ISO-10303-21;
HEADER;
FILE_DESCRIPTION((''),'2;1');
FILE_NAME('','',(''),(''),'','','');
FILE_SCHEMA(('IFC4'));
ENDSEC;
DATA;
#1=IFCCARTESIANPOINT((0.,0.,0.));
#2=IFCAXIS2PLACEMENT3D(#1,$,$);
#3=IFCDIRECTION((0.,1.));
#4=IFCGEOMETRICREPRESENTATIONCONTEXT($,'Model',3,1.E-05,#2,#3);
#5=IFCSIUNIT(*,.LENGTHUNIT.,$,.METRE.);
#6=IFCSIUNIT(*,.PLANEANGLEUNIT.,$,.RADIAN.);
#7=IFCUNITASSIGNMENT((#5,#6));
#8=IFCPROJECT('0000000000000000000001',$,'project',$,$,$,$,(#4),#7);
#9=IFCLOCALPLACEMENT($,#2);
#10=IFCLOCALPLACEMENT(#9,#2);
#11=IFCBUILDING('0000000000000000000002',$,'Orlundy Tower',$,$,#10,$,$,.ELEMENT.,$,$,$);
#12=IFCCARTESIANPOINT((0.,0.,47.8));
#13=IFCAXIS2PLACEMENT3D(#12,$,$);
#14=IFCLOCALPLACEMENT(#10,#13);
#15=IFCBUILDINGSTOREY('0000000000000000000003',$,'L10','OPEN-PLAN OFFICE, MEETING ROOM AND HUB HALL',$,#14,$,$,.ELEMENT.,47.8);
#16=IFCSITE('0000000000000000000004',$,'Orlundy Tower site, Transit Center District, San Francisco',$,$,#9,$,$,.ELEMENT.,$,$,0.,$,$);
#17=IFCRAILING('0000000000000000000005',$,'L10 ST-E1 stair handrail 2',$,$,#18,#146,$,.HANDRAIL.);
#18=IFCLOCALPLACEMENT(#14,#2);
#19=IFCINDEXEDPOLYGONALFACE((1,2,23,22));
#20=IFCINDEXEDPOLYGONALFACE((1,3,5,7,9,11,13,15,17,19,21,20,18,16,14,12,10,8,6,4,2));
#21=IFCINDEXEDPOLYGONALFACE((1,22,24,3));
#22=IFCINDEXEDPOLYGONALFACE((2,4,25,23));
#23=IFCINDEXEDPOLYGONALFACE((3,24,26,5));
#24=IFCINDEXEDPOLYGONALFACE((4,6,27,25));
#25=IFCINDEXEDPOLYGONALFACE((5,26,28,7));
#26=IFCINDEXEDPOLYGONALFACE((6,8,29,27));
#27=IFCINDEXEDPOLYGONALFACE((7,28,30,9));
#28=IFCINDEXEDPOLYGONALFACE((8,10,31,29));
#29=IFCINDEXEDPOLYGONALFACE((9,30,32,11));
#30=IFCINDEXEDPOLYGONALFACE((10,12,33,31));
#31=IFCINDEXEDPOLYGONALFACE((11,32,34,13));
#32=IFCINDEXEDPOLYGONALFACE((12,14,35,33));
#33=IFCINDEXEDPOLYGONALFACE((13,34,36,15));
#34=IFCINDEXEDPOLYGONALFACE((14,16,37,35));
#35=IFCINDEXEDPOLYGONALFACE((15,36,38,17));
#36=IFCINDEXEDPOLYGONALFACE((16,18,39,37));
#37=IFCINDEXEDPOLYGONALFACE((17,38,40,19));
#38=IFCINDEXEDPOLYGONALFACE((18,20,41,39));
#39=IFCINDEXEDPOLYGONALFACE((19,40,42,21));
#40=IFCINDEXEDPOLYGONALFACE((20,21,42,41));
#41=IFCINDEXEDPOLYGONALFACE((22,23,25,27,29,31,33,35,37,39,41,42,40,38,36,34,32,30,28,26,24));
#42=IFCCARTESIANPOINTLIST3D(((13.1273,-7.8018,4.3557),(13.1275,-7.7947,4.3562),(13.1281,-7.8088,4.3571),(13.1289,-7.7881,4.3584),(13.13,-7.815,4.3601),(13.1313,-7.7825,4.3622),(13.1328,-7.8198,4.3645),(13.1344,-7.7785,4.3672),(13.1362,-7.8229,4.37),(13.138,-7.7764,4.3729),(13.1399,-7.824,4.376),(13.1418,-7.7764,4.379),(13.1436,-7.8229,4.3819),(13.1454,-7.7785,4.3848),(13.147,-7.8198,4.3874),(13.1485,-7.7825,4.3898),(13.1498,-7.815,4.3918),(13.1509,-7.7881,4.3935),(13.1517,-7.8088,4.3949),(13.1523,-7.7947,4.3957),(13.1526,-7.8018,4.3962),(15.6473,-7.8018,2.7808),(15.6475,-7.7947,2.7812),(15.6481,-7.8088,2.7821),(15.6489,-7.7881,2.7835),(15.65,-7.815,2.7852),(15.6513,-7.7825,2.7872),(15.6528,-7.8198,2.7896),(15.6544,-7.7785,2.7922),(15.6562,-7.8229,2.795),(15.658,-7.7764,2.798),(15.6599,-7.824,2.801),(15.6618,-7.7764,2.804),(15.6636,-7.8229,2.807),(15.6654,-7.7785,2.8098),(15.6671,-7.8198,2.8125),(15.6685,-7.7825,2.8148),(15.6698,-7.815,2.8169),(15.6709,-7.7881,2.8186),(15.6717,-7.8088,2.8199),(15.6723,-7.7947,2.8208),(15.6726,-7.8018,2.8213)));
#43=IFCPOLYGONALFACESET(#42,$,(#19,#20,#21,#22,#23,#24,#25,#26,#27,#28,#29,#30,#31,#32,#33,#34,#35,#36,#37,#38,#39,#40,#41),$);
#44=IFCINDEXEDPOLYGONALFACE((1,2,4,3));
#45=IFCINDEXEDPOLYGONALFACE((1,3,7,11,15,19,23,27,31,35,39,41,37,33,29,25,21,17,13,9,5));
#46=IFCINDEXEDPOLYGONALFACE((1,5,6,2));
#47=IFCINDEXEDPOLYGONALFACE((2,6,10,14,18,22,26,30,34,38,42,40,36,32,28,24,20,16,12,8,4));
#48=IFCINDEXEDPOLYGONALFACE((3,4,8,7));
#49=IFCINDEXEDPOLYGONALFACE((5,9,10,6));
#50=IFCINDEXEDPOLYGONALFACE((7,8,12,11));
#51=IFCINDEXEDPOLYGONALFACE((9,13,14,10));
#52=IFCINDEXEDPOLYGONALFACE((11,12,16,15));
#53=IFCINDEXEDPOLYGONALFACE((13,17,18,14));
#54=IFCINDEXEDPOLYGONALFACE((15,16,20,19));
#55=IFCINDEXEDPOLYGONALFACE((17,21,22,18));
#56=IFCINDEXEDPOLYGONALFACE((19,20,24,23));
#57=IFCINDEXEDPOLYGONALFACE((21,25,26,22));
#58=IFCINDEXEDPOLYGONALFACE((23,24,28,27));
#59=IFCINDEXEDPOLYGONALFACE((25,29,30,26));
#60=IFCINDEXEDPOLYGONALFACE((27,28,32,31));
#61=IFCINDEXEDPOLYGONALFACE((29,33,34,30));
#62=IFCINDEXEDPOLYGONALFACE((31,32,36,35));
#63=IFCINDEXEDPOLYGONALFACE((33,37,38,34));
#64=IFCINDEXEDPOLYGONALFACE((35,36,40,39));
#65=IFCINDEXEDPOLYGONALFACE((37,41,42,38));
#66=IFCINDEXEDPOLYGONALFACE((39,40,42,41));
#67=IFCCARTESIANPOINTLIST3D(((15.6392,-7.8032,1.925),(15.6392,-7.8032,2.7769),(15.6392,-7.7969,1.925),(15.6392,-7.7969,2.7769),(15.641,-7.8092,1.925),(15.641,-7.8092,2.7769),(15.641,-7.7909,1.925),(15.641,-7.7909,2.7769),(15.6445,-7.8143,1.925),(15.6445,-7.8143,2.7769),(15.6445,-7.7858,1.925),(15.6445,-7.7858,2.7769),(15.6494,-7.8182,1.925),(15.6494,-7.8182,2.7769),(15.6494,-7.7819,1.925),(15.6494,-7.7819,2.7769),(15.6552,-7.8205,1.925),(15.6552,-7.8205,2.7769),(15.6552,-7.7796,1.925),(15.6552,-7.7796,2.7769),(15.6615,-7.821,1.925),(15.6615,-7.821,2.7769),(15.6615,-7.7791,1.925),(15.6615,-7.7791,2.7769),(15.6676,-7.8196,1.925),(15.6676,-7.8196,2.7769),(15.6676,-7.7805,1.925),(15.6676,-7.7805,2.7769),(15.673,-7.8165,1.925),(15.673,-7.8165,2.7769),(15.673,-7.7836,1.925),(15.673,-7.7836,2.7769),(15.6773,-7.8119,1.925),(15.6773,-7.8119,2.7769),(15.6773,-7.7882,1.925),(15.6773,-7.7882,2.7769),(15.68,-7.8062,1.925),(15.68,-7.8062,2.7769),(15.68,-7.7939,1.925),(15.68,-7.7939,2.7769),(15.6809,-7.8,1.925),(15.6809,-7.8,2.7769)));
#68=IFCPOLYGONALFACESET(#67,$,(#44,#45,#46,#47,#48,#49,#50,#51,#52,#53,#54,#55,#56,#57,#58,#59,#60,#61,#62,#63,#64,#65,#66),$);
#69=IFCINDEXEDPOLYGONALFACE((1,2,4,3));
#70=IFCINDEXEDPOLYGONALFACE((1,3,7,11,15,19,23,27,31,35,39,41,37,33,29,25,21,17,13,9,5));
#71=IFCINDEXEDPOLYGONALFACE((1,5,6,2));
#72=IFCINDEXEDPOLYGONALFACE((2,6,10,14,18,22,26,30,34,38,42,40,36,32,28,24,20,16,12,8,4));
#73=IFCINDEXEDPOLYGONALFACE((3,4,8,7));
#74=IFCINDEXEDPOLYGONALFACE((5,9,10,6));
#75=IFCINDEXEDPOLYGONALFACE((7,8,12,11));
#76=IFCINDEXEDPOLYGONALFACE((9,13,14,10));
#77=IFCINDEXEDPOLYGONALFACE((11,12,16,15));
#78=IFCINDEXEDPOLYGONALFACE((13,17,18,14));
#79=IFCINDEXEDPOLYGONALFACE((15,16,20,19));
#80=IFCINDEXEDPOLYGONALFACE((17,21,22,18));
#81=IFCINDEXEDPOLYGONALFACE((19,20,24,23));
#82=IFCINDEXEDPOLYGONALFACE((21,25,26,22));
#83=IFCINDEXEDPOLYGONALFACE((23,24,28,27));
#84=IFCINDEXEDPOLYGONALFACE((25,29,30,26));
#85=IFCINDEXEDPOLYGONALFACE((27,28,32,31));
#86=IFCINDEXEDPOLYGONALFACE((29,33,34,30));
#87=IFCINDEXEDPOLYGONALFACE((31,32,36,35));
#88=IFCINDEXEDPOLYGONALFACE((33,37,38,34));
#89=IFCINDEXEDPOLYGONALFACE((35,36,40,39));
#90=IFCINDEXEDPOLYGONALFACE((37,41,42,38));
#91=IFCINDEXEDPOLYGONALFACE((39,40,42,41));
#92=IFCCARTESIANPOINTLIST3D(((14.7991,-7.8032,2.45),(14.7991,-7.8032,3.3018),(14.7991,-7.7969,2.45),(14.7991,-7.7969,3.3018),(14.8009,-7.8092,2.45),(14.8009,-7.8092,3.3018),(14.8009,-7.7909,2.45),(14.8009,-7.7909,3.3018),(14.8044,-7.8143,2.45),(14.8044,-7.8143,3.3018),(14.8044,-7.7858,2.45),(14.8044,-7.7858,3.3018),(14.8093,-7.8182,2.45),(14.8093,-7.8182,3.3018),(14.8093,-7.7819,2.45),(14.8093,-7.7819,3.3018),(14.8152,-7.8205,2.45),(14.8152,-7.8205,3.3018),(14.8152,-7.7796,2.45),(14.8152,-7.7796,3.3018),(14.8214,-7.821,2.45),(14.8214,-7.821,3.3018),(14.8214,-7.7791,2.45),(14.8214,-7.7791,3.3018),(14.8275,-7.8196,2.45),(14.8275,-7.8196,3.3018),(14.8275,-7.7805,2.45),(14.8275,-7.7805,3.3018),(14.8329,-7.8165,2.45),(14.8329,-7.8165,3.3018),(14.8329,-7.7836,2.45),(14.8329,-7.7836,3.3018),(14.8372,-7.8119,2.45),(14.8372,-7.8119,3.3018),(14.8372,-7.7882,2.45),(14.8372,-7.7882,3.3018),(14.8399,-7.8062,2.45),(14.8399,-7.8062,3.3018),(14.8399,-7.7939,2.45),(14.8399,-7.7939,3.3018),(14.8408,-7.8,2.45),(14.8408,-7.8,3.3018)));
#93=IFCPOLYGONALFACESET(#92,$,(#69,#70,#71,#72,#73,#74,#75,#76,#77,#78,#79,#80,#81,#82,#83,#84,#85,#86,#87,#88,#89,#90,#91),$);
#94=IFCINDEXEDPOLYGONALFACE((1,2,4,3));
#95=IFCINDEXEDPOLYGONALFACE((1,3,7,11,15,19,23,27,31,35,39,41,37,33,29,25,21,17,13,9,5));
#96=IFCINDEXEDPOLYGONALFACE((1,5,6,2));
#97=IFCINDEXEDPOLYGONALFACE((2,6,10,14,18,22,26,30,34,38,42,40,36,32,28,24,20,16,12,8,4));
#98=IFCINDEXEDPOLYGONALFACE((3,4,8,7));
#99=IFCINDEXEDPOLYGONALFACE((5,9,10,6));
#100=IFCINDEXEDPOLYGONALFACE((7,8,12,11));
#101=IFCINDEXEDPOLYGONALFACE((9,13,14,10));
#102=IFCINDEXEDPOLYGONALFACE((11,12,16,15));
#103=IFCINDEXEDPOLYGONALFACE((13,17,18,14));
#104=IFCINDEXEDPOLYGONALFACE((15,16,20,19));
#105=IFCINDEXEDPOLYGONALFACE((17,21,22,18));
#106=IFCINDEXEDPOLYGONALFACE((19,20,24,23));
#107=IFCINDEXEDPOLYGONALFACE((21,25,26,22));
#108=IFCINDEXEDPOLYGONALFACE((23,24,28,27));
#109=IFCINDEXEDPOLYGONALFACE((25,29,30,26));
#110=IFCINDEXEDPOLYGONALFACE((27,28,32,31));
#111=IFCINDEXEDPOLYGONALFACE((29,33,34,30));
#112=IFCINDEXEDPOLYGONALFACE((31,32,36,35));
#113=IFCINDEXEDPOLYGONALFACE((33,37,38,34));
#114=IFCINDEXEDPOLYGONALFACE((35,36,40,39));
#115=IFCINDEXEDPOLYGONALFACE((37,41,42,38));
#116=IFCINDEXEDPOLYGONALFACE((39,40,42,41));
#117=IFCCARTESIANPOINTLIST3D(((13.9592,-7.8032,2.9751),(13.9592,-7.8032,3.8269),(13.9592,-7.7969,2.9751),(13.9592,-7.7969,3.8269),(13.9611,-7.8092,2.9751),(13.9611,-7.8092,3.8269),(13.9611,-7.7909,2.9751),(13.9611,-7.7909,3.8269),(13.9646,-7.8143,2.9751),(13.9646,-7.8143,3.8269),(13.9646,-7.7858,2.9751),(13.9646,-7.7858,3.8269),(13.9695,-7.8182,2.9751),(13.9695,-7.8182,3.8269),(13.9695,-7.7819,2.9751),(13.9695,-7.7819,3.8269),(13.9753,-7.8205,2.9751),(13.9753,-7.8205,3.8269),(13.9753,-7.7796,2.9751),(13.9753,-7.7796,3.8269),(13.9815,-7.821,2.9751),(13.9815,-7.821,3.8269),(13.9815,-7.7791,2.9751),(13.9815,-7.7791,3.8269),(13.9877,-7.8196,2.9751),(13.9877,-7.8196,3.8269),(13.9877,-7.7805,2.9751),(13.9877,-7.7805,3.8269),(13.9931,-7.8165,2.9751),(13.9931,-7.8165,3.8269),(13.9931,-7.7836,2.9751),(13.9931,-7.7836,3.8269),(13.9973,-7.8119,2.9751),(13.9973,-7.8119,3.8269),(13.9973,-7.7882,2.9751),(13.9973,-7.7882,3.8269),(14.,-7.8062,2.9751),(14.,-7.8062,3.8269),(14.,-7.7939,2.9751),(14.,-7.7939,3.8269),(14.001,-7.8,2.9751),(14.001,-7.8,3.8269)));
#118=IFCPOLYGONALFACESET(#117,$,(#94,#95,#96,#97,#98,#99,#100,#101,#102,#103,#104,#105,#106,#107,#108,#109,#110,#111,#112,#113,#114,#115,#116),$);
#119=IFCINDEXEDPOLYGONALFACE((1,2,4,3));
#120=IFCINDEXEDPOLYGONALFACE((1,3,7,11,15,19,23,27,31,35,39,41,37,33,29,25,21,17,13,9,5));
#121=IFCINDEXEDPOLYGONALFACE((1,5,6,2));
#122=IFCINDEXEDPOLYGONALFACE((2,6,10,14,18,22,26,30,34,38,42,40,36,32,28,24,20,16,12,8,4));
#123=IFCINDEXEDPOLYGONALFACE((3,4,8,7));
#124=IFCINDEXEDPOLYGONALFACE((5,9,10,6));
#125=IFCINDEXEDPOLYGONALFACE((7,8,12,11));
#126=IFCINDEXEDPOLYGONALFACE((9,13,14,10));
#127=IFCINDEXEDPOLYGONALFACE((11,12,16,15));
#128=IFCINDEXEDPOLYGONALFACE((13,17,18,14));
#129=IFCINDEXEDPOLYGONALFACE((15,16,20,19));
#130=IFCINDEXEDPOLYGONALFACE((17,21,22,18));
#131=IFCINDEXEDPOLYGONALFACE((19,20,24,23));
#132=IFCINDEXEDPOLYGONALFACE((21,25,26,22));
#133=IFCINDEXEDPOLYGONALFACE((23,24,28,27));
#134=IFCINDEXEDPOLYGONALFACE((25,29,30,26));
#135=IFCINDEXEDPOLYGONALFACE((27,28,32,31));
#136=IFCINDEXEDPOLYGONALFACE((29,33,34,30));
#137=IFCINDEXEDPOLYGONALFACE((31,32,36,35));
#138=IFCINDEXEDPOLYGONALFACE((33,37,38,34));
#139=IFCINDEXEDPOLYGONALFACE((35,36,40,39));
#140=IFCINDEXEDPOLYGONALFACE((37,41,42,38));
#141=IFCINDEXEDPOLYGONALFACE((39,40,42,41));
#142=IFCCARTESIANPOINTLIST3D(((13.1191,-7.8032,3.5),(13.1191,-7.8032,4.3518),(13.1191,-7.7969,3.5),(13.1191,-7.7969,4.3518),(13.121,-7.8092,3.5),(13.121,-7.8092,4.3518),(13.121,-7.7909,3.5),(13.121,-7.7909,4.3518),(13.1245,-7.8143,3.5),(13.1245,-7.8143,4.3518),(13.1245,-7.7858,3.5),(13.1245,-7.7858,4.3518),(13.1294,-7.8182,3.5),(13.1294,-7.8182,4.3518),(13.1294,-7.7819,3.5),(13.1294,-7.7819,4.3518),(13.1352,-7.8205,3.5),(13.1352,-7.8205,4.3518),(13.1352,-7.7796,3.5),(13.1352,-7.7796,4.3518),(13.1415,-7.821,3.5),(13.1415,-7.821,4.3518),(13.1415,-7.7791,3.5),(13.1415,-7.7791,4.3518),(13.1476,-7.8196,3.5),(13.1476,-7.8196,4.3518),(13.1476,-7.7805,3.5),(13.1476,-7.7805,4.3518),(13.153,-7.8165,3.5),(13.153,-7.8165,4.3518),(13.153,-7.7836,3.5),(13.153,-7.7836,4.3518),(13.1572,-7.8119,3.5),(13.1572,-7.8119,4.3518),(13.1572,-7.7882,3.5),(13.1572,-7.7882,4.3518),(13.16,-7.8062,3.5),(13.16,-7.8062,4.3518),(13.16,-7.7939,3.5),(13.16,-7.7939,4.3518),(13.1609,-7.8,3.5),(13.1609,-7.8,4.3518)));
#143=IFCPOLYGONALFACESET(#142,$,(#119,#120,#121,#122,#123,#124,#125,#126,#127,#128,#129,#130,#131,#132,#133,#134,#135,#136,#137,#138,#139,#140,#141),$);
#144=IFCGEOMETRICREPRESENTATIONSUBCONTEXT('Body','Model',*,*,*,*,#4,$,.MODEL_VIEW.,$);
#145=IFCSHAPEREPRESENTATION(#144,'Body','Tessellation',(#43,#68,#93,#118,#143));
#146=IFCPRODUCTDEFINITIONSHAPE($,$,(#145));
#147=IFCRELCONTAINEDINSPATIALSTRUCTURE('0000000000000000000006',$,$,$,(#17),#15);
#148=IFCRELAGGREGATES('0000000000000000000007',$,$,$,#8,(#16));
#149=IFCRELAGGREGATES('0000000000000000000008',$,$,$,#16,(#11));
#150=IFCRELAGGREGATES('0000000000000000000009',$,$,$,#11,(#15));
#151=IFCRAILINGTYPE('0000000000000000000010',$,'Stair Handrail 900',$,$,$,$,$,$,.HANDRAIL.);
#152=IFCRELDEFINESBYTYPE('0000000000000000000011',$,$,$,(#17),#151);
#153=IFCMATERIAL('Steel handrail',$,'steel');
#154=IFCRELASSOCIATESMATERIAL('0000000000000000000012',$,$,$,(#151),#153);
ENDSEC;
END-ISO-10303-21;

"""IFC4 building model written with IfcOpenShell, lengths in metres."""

from ifc_helpers import new_model, si_unit, direction, frame, origin, origin_2d, place, context, subcontext, project, spatial, circle, extrude, material, type_object, element, save


model = new_model("IFC4")

# Units and contexts
model_context = context("Model", 3, precision=1e-05, world=origin(), true_north=direction((0.0, 1.0)))
body_context = subcontext(model_context, "Body", "Model", "MODEL_VIEW")
ifc_project = project(units=[si_unit("LENGTHUNIT", "METRE"), si_unit("PLANEANGLEUNIT", "RADIAN")], contexts=[model_context])

# Site, building, storey
site_placement = place(None, origin())
site = spatial("IfcSite", under=ifc_project, at=site_placement, Name="Orlundy Tower site, Transit Center District, San Francisco", CompositionType="ELEMENT", RefElevation=0.0)
building_placement = place(site_placement, origin())
building = spatial("IfcBuilding", under=site, at=building_placement, Name="Orlundy Tower", CompositionType="ELEMENT")
storey_placement = place(building_placement, frame((0.0, 0.0, 47.8)))
storey = spatial("IfcBuildingStorey", under=building, at=storey_placement, Name="L10", Description="OPEN-PLAN OFFICE, MEETING ROOM AND HUB HALL", CompositionType="ELEMENT", Elevation=47.8)

# Railing
ifc_material_1 = material(Name="Steel handrail", Category="steel")
railing_type_1 = type_object("IfcRailingType", Name="Stair Handrail 900", PredefinedType="HANDRAIL", material=ifc_material_1)
railing_1_placement = place(storey_placement, frame((15.6599, -7.8, 1.925)))
element("IfcRailing", 1, at=railing_1_placement, inside=storey, type_object=railing_type_1, Name="L10 ST-E1 stair handrail 2", PredefinedType="HANDRAIL", context=body_context, shape_type="SweptSolid", body=[
    extrude(circle(Radius=0.0239, at=origin_2d()), frame((0.0, 0.0, 0.876), z_axis=(-0.848008, 0.0, 0.529984), x_axis=(0.0, -1.0, 0.0)), (0.0, 0.0, 1.0), 2.9717),
    extrude(circle(Radius=0.021, at=origin_2d()), origin(), (0.0, 0.0, 1.0), 0.8518),
    extrude(circle(Radius=0.021, at=origin_2d()), frame((-0.8401, 0.0, 0.5249)), (0.0, 0.0, 1.0), 0.8518),
    extrude(circle(Radius=0.021, at=origin_2d()), frame((-1.6799, 0.0, 1.05)), (0.0, 0.0, 1.0), 0.8518),
    extrude(circle(Radius=0.021, at=origin_2d()), frame((-2.52, 0.0, 1.575)), (0.0, 0.0, 1.0), 0.8518),
])

save(model, "model.ifc")
